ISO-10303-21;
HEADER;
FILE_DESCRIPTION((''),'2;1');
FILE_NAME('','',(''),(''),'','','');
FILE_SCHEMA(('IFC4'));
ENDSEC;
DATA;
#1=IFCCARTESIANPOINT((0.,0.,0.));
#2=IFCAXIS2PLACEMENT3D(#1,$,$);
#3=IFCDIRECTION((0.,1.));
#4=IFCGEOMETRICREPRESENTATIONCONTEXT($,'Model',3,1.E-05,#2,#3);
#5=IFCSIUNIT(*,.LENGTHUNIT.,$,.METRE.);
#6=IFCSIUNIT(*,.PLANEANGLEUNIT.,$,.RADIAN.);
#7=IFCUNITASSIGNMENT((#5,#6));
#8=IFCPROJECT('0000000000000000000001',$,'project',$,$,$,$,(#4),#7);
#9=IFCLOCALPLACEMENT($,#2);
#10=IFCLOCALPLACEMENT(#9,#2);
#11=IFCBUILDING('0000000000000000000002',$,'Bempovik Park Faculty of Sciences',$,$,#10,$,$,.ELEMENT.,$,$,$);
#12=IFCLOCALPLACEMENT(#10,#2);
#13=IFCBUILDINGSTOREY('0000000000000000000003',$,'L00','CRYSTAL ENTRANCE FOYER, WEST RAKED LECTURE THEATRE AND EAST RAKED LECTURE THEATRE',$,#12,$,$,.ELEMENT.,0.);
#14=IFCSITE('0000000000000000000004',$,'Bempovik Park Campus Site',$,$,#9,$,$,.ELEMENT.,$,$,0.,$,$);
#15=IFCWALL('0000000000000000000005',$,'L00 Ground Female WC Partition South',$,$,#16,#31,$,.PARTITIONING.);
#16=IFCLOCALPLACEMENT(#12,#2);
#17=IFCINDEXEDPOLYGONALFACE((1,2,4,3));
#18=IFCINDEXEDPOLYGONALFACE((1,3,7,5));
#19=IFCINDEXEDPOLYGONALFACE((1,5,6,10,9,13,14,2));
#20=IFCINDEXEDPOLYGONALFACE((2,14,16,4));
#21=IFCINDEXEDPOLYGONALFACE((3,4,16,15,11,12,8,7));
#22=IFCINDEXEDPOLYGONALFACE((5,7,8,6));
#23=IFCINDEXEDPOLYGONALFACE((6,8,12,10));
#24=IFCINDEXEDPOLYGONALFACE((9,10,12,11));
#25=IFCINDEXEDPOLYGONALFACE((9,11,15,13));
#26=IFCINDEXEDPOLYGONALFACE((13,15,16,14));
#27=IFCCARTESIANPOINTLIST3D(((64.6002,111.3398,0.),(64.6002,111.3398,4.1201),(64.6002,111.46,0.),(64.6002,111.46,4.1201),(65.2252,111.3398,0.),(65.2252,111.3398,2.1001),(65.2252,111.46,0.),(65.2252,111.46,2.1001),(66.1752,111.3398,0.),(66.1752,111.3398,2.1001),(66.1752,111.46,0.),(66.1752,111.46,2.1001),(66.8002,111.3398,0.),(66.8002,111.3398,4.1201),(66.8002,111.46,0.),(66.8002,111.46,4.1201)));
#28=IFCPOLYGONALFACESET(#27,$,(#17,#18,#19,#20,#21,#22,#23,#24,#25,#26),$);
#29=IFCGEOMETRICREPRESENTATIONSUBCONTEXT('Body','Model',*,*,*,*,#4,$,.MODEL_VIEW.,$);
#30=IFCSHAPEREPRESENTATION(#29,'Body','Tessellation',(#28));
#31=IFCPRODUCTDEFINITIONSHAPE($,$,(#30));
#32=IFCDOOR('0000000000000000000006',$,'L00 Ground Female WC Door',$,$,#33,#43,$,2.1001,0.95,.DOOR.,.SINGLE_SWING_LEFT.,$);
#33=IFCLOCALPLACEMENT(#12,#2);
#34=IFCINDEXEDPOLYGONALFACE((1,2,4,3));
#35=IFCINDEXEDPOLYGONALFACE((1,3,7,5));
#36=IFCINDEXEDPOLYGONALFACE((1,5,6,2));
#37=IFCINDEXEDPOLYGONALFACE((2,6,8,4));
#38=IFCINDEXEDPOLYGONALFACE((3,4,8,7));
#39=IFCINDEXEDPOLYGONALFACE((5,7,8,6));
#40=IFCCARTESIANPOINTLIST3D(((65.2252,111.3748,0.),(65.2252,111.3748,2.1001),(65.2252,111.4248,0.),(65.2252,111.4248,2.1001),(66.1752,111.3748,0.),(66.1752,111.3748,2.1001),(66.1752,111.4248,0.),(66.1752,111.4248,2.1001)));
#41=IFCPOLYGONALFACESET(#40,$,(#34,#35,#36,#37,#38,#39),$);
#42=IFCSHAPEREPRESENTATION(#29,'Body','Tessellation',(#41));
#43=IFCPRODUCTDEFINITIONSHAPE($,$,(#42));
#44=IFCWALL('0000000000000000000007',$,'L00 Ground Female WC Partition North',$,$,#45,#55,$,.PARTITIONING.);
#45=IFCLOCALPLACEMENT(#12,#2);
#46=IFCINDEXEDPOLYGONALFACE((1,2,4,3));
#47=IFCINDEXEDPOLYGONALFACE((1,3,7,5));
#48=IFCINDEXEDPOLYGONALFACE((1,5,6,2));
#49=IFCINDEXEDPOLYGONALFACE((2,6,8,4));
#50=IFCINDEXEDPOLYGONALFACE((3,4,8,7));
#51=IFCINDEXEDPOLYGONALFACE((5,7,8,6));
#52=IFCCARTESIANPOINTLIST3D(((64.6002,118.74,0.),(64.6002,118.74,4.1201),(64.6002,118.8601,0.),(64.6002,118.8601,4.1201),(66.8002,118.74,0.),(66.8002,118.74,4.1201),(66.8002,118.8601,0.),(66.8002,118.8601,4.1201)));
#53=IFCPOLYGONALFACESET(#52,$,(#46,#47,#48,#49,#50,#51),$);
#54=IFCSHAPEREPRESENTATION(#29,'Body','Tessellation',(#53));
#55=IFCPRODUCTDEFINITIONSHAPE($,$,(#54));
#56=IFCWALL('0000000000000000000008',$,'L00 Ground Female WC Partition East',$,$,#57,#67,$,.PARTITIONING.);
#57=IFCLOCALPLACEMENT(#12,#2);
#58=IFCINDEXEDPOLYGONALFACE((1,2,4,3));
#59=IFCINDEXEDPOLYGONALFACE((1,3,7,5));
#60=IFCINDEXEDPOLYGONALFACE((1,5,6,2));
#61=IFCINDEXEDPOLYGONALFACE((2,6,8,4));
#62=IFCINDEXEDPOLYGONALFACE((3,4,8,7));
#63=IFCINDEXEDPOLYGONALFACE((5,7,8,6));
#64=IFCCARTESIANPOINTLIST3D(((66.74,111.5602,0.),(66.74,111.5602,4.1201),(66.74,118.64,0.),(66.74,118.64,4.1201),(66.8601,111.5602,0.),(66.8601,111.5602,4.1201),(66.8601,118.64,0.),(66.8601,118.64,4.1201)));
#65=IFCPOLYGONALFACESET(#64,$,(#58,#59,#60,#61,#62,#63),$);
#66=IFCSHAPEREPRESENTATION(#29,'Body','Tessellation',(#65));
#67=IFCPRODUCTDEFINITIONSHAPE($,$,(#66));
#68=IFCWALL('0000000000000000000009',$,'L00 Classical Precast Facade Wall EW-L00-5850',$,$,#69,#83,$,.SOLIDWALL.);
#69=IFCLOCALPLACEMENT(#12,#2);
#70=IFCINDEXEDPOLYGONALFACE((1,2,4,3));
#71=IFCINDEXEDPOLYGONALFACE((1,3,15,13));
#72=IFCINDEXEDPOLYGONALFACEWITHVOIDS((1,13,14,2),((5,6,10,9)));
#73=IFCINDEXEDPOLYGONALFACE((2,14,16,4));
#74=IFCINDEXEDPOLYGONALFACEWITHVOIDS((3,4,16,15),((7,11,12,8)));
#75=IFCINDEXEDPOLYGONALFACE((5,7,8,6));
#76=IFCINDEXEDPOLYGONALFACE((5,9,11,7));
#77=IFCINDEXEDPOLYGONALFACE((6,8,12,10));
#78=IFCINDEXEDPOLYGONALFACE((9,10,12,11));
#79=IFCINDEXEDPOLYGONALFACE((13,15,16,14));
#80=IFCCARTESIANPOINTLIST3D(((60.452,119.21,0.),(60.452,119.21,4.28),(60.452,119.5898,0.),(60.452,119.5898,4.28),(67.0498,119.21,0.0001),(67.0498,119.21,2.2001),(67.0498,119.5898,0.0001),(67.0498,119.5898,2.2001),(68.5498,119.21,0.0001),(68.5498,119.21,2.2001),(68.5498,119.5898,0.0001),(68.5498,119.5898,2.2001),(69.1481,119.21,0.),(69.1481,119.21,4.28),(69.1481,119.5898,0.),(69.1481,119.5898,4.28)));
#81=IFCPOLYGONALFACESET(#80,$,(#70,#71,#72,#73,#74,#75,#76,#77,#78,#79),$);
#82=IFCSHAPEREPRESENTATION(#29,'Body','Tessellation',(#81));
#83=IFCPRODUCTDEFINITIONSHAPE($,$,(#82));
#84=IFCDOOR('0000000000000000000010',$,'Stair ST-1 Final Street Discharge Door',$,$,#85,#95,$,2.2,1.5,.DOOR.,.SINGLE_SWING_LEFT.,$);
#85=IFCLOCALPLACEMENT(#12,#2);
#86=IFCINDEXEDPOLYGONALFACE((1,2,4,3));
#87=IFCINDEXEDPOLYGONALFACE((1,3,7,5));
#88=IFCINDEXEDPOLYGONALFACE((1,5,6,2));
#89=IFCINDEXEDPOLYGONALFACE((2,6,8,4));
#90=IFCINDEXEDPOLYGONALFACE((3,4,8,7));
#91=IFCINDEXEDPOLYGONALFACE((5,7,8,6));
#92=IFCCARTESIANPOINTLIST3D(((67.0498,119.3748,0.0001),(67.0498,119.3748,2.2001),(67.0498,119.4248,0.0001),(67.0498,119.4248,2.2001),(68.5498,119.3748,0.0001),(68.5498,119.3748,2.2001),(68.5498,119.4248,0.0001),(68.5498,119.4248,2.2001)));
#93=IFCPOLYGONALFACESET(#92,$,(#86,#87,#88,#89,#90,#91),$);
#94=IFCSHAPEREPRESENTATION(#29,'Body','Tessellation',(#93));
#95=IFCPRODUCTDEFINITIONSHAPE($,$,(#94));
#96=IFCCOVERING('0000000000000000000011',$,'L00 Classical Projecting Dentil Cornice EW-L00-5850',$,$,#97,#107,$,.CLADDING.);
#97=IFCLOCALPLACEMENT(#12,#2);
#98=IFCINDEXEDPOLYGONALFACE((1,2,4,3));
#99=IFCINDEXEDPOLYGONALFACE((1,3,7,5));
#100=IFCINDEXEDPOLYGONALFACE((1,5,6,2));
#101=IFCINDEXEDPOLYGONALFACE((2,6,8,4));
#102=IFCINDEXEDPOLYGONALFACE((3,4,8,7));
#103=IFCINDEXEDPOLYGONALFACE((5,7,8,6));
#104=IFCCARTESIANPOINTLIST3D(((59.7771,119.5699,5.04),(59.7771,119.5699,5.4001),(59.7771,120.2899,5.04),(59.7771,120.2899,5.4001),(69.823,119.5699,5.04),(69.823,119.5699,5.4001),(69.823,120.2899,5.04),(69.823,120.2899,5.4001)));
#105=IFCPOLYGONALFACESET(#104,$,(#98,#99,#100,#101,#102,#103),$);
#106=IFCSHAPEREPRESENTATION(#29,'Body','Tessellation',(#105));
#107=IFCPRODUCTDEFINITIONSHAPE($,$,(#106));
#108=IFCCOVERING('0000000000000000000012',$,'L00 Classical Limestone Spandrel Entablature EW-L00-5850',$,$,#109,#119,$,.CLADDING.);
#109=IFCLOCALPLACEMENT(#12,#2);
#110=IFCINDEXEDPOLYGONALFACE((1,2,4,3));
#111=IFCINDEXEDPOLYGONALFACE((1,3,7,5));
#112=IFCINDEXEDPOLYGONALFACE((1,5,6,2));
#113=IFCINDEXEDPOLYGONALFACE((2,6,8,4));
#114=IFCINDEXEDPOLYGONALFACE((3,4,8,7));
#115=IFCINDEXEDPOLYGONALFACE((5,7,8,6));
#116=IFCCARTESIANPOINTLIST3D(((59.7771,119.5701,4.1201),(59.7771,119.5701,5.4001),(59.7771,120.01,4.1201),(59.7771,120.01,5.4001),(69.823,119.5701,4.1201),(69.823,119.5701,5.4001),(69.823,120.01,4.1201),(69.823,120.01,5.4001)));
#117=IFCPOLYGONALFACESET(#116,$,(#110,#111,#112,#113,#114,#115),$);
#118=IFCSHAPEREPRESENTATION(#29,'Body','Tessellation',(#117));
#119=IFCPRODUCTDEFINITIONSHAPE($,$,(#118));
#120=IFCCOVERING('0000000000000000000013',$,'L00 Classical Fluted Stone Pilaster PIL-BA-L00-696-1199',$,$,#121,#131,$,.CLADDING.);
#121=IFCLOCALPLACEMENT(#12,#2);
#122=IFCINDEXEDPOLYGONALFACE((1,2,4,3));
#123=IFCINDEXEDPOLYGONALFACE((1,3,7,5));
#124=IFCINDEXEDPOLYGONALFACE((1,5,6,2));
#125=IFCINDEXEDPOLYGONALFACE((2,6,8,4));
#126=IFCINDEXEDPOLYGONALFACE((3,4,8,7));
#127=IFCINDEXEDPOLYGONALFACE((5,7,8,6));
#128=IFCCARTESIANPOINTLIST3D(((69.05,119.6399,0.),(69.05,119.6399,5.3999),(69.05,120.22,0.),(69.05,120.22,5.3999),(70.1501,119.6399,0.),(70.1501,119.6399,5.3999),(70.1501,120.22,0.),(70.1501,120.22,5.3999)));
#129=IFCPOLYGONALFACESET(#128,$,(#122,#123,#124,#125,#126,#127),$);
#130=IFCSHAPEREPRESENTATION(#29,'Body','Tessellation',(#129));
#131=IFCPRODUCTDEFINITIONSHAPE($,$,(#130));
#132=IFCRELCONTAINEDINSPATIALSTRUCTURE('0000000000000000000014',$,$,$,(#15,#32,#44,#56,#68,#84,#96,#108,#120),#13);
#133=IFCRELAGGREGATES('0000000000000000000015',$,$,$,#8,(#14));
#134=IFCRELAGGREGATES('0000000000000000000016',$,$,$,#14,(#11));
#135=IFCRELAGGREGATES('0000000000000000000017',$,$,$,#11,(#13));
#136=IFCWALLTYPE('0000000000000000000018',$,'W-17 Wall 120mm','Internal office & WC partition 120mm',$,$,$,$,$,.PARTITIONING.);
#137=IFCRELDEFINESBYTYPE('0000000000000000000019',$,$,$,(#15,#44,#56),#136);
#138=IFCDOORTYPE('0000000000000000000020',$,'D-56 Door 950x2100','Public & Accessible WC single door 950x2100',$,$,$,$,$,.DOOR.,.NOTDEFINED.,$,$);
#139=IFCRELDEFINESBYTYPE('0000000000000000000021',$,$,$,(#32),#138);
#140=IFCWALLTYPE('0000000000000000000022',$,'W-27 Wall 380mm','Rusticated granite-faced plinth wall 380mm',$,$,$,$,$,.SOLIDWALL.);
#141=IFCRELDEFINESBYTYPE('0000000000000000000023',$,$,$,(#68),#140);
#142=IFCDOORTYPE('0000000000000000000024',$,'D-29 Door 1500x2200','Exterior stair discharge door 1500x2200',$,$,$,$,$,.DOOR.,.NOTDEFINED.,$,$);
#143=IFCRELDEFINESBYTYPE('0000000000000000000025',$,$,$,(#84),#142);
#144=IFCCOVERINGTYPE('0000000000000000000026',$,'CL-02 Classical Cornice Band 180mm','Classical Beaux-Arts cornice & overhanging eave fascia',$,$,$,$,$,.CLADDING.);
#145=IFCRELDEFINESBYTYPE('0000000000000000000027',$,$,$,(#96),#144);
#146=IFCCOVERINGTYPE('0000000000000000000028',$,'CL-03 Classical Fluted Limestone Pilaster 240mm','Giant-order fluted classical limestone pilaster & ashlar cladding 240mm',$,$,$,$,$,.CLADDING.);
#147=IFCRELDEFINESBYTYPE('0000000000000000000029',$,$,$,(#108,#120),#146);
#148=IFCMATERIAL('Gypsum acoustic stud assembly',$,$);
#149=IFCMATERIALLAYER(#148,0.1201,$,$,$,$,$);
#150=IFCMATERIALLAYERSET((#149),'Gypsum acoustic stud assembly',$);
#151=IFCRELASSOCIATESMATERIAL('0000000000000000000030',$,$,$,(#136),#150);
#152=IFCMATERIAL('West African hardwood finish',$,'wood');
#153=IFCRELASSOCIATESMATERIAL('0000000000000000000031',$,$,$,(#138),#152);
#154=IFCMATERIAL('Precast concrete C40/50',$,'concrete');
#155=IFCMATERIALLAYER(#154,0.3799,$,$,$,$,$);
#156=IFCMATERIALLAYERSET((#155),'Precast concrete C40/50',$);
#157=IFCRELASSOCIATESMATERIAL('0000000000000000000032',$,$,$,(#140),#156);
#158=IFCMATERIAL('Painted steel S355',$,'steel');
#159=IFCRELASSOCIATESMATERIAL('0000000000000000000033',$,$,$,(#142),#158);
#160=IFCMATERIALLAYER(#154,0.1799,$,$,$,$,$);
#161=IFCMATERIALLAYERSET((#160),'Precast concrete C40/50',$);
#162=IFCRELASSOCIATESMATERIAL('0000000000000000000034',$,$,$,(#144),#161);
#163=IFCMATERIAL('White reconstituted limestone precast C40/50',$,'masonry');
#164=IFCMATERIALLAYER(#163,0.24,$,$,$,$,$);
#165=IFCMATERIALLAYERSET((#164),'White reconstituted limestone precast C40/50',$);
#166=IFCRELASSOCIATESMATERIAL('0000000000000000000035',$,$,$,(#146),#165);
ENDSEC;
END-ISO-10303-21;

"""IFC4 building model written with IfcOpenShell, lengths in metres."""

from ifc_helpers import new_model, si_unit, direction, frame, frame_2d, origin, origin_2d, place, context, subcontext, project, spatial, rectangle, extrude, material, layer, layer_set, type_object, element, fill, save


model = new_model("IFC4")

# Units and contexts
model_context = context("Model", 3, precision=1e-05, world=origin(), true_north=direction((0.0, 1.0)))
body_context = subcontext(model_context, "Body", "Model", "MODEL_VIEW")
ifc_project = project(units=[si_unit("LENGTHUNIT", "METRE"), si_unit("PLANEANGLEUNIT", "RADIAN")], contexts=[model_context])

# Site, building, storey
site_placement = place(None, origin())
site = spatial("IfcSite", under=ifc_project, at=site_placement, Name="Bempovik Park Campus Site", CompositionType="ELEMENT", RefElevation=0.0)
building_placement = place(site_placement, origin())
building = spatial("IfcBuilding", under=site, at=building_placement, Name="Bempovik Park Faculty of Sciences", CompositionType="ELEMENT")
storey_placement = place(building_placement, origin())
storey = spatial("IfcBuildingStorey", under=building, at=storey_placement, Name="L00", Description="CRYSTAL ENTRANCE FOYER, WEST RAKED LECTURE THEATRE AND EAST RAKED LECTURE THEATRE", CompositionType="ELEMENT", Elevation=0.0)

# Shared definitions
ifc_material_1 = material(Name="Gypsum acoustic stud assembly")
ifc_layer_1 = layer(ifc_material_1, 0.1201)
ifc_layer_set_1 = layer_set([ifc_layer_1], Name="Gypsum acoustic stud assembly")
wall_type_1 = type_object("IfcWallType", Name="W-17 Wall 120mm", Description="Internal office & WC partition 120mm", PredefinedType="PARTITIONING", material=ifc_layer_set_1)
ifc_material_2 = material(Name="West African hardwood finish", Category="wood")
door_type_1 = type_object("IfcDoorType", Name="D-56 Door 950x2100", Description="Public & Accessible WC single door 950x2100", OperationType="NOTDEFINED", PredefinedType="DOOR", material=ifc_material_2)

# Wall, opening, door
wall_1_placement = place(storey_placement, frame((64.6001, 111.3999, 0.0), z_axis=(0.0, 0.0, 1.0), x_axis=(1.0, 0.0, 0.0)))
wall_1 = element("IfcWall", 1, at=wall_1_placement, inside=storey, type_object=wall_type_1, Name="L00 Ground Female WC Partition South", PredefinedType="PARTITIONING", context=body_context, shape_type="SweptSolid", body=[
    extrude(rectangle(XDim=2.2, YDim=0.1201, at=frame_2d((1.1001, 0.0))), origin(), (0.0, 0.0, 1.0), 4.1201),
])
opening_1_placement = place(wall_1_placement, frame((0.625, 0.0, 0.0)))
opening_1 = element("IfcOpeningElement", 2, at=opening_1_placement, cuts=wall_1, PredefinedType="OPENING", context=body_context, shape_type="SweptSolid", body=[
    extrude(rectangle(XDim=0.95, YDim=2.1001, at=frame_2d((0.4751, 1.05))), frame((0.0, 0.0701, 0.0), z_axis=(0.0, -1.0, 0.0), x_axis=(1.0, 0.0, 0.0)), (0.0, 0.0, 1.0), 0.1401),
])
door_1_placement = place(opening_1_placement, origin())
door_1 = element("IfcDoor", 3, at=door_1_placement, inside=storey, type_object=door_type_1, Name="L00 Ground Female WC Door", OperationType="SINGLE_SWING_LEFT", OverallHeight=2.1001, OverallWidth=0.95, PredefinedType="DOOR", context=body_context, shape_type="SweptSolid", body=[
    extrude(rectangle(XDim=0.95, YDim=2.1001, at=frame_2d((0.4751, 1.05))), frame((0.0, 0.0249, 0.0), z_axis=(0.0, -1.0, 0.0), x_axis=(1.0, 0.0, 0.0)), (0.0, 0.0, 1.0), 0.05),
])
fill(opening_1, door_1)

# Walls
wall_2_placement = place(storey_placement, frame((64.6001, 118.8, 0.0), z_axis=(0.0, 0.0, 1.0), x_axis=(1.0, 0.0, 0.0)))
element("IfcWall", 4, at=wall_2_placement, inside=storey, type_object=wall_type_1, Name="L00 Ground Female WC Partition North", PredefinedType="PARTITIONING", context=body_context, shape_type="SweptSolid", body=[
    extrude(rectangle(XDim=2.2, YDim=0.1201, at=frame_2d((1.1001, 0.0))), origin(), (0.0, 0.0, 1.0), 4.1201),
])
wall_3_placement = place(storey_placement, frame((66.8, 111.5601, 0.0), z_axis=(0.0, 0.0, 1.0), x_axis=(0.0, 1.0, 0.0)))
element("IfcWall", 5, at=wall_3_placement, inside=storey, type_object=wall_type_1, Name="L00 Ground Female WC Partition East", PredefinedType="PARTITIONING", context=body_context, shape_type="SweptSolid", body=[
    extrude(rectangle(XDim=7.0798, YDim=0.1201, at=frame_2d((3.54, 0.0))), origin(), (0.0, 0.0, 1.0), 4.1201),
])

# Wall, opening, door
ifc_material_3 = material(Name="Precast concrete C40/50", Category="concrete")
ifc_layer_2 = layer(ifc_material_3, 0.3799)
ifc_layer_set_2 = layer_set([ifc_layer_2], Name="Precast concrete C40/50")
wall_type_2 = type_object("IfcWallType", Name="W-27 Wall 380mm", Description="Rusticated granite-faced plinth wall 380mm", PredefinedType="SOLIDWALL", material=ifc_layer_set_2)
wall_4_placement = place(storey_placement, frame((60.4519, 119.3999, 0.0), z_axis=(0.0, 0.0, 1.0), x_axis=(1.0, 0.0, 0.0)))
wall_4 = element("IfcWall", 6, at=wall_4_placement, inside=storey, type_object=wall_type_2, Name="L00 Classical Precast Facade Wall EW-L00-5850", PredefinedType="SOLIDWALL", context=body_context, shape_type="SweptSolid", body=[
    extrude(rectangle(XDim=8.696, YDim=0.3799, at=frame_2d((4.3481, 0.0))), origin(), (0.0, 0.0, 1.0), 4.28),
])
opening_2_placement = place(wall_4_placement, frame((6.5979, 0.0, 0.0)))
opening_2 = element("IfcOpeningElement", 7, at=opening_2_placement, cuts=wall_4, PredefinedType="OPENING", context=body_context, shape_type="SweptSolid", body=[
    extrude(rectangle(XDim=1.5, YDim=2.2, at=frame_2d((0.75, 1.1001))), frame((0.0, 0.2, 0.0), z_axis=(0.0, -1.0, 0.0), x_axis=(1.0, 0.0, 0.0)), (0.0, 0.0, 1.0), 0.3999),
])
ifc_material_4 = material(Name="Painted steel S355", Category="steel")
door_type_2 = type_object("IfcDoorType", Name="D-29 Door 1500x2200", Description="Exterior stair discharge door 1500x2200", OperationType="NOTDEFINED", PredefinedType="DOOR", material=ifc_material_4)
door_2_placement = place(opening_2_placement, origin())
door_2 = element("IfcDoor", 8, at=door_2_placement, inside=storey, type_object=door_type_2, Name="Stair ST-1 Final Street Discharge Door", OperationType="SINGLE_SWING_LEFT", OverallHeight=2.2, OverallWidth=1.5, PredefinedType="DOOR", context=body_context, shape_type="SweptSolid", body=[
    extrude(rectangle(XDim=1.5, YDim=2.2, at=frame_2d((0.75, 1.1001))), frame((0.0, 0.0249, 0.0), z_axis=(0.0, -1.0, 0.0), x_axis=(1.0, 0.0, 0.0)), (0.0, 0.0, 1.0), 0.05),
])
fill(opening_2, door_2)

# Coverings
ifc_layer_3 = layer(ifc_material_3, 0.1799)
ifc_layer_set_3 = layer_set([ifc_layer_3], Name="Precast concrete C40/50")
covering_type_1 = type_object("IfcCoveringType", Name="CL-02 Classical Cornice Band 180mm", Description="Classical Beaux-Arts cornice & overhanging eave fascia", PredefinedType="CLADDING", material=ifc_layer_set_3)
covering_1_placement = place(storey_placement, frame((64.8, 119.9299, 5.04), z_axis=(0.0, 0.0, 1.0), x_axis=(1.0, 0.0, 0.0)))
element("IfcCovering", 9, at=covering_1_placement, inside=storey, type_object=covering_type_1, Name="L00 Classical Projecting Dentil Cornice EW-L00-5850", PredefinedType="CLADDING", context=body_context, shape_type="SweptSolid", body=[
    extrude(rectangle(XDim=10.0459, YDim=0.72, at=origin_2d()), origin(), (0.0, 0.0, 1.0), 0.3601),
])
ifc_material_5 = material(Name="White reconstituted limestone precast C40/50", Category="masonry")
ifc_layer_4 = layer(ifc_material_5, 0.24)
ifc_layer_set_4 = layer_set([ifc_layer_4], Name="White reconstituted limestone precast C40/50")
covering_type_2 = type_object("IfcCoveringType", Name="CL-03 Classical Fluted Limestone Pilaster 240mm", Description="Giant-order fluted classical limestone pilaster & ashlar cladding 240mm", PredefinedType="CLADDING", material=ifc_layer_set_4)
covering_2_placement = place(storey_placement, frame((64.8, 119.79, 4.1201), z_axis=(0.0, 0.0, 1.0), x_axis=(1.0, 0.0, 0.0)))
element("IfcCovering", 10, at=covering_2_placement, inside=storey, type_object=covering_type_2, Name="L00 Classical Limestone Spandrel Entablature EW-L00-5850", PredefinedType="CLADDING", context=body_context, shape_type="SweptSolid", body=[
    extrude(rectangle(XDim=10.0459, YDim=0.4399, at=origin_2d()), origin(), (0.0, 0.0, 1.0), 1.28),
])
covering_3_placement = place(storey_placement, frame((69.6001, 119.9299, 0.0), z_axis=(0.0, 0.0, 1.0), x_axis=(1.0, 0.0, 0.0)))
element("IfcCovering", 11, at=covering_3_placement, inside=storey, type_object=covering_type_2, Name="L00 Classical Fluted Stone Pilaster PIL-BA-L00-696-1199", PredefinedType="CLADDING", context=body_context, shape_type="SweptSolid", body=[
    extrude(rectangle(XDim=1.1001, YDim=0.5801, at=origin_2d()), origin(), (0.0, 0.0, 1.0), 5.3999),
])

save(model, "model.ifc")
